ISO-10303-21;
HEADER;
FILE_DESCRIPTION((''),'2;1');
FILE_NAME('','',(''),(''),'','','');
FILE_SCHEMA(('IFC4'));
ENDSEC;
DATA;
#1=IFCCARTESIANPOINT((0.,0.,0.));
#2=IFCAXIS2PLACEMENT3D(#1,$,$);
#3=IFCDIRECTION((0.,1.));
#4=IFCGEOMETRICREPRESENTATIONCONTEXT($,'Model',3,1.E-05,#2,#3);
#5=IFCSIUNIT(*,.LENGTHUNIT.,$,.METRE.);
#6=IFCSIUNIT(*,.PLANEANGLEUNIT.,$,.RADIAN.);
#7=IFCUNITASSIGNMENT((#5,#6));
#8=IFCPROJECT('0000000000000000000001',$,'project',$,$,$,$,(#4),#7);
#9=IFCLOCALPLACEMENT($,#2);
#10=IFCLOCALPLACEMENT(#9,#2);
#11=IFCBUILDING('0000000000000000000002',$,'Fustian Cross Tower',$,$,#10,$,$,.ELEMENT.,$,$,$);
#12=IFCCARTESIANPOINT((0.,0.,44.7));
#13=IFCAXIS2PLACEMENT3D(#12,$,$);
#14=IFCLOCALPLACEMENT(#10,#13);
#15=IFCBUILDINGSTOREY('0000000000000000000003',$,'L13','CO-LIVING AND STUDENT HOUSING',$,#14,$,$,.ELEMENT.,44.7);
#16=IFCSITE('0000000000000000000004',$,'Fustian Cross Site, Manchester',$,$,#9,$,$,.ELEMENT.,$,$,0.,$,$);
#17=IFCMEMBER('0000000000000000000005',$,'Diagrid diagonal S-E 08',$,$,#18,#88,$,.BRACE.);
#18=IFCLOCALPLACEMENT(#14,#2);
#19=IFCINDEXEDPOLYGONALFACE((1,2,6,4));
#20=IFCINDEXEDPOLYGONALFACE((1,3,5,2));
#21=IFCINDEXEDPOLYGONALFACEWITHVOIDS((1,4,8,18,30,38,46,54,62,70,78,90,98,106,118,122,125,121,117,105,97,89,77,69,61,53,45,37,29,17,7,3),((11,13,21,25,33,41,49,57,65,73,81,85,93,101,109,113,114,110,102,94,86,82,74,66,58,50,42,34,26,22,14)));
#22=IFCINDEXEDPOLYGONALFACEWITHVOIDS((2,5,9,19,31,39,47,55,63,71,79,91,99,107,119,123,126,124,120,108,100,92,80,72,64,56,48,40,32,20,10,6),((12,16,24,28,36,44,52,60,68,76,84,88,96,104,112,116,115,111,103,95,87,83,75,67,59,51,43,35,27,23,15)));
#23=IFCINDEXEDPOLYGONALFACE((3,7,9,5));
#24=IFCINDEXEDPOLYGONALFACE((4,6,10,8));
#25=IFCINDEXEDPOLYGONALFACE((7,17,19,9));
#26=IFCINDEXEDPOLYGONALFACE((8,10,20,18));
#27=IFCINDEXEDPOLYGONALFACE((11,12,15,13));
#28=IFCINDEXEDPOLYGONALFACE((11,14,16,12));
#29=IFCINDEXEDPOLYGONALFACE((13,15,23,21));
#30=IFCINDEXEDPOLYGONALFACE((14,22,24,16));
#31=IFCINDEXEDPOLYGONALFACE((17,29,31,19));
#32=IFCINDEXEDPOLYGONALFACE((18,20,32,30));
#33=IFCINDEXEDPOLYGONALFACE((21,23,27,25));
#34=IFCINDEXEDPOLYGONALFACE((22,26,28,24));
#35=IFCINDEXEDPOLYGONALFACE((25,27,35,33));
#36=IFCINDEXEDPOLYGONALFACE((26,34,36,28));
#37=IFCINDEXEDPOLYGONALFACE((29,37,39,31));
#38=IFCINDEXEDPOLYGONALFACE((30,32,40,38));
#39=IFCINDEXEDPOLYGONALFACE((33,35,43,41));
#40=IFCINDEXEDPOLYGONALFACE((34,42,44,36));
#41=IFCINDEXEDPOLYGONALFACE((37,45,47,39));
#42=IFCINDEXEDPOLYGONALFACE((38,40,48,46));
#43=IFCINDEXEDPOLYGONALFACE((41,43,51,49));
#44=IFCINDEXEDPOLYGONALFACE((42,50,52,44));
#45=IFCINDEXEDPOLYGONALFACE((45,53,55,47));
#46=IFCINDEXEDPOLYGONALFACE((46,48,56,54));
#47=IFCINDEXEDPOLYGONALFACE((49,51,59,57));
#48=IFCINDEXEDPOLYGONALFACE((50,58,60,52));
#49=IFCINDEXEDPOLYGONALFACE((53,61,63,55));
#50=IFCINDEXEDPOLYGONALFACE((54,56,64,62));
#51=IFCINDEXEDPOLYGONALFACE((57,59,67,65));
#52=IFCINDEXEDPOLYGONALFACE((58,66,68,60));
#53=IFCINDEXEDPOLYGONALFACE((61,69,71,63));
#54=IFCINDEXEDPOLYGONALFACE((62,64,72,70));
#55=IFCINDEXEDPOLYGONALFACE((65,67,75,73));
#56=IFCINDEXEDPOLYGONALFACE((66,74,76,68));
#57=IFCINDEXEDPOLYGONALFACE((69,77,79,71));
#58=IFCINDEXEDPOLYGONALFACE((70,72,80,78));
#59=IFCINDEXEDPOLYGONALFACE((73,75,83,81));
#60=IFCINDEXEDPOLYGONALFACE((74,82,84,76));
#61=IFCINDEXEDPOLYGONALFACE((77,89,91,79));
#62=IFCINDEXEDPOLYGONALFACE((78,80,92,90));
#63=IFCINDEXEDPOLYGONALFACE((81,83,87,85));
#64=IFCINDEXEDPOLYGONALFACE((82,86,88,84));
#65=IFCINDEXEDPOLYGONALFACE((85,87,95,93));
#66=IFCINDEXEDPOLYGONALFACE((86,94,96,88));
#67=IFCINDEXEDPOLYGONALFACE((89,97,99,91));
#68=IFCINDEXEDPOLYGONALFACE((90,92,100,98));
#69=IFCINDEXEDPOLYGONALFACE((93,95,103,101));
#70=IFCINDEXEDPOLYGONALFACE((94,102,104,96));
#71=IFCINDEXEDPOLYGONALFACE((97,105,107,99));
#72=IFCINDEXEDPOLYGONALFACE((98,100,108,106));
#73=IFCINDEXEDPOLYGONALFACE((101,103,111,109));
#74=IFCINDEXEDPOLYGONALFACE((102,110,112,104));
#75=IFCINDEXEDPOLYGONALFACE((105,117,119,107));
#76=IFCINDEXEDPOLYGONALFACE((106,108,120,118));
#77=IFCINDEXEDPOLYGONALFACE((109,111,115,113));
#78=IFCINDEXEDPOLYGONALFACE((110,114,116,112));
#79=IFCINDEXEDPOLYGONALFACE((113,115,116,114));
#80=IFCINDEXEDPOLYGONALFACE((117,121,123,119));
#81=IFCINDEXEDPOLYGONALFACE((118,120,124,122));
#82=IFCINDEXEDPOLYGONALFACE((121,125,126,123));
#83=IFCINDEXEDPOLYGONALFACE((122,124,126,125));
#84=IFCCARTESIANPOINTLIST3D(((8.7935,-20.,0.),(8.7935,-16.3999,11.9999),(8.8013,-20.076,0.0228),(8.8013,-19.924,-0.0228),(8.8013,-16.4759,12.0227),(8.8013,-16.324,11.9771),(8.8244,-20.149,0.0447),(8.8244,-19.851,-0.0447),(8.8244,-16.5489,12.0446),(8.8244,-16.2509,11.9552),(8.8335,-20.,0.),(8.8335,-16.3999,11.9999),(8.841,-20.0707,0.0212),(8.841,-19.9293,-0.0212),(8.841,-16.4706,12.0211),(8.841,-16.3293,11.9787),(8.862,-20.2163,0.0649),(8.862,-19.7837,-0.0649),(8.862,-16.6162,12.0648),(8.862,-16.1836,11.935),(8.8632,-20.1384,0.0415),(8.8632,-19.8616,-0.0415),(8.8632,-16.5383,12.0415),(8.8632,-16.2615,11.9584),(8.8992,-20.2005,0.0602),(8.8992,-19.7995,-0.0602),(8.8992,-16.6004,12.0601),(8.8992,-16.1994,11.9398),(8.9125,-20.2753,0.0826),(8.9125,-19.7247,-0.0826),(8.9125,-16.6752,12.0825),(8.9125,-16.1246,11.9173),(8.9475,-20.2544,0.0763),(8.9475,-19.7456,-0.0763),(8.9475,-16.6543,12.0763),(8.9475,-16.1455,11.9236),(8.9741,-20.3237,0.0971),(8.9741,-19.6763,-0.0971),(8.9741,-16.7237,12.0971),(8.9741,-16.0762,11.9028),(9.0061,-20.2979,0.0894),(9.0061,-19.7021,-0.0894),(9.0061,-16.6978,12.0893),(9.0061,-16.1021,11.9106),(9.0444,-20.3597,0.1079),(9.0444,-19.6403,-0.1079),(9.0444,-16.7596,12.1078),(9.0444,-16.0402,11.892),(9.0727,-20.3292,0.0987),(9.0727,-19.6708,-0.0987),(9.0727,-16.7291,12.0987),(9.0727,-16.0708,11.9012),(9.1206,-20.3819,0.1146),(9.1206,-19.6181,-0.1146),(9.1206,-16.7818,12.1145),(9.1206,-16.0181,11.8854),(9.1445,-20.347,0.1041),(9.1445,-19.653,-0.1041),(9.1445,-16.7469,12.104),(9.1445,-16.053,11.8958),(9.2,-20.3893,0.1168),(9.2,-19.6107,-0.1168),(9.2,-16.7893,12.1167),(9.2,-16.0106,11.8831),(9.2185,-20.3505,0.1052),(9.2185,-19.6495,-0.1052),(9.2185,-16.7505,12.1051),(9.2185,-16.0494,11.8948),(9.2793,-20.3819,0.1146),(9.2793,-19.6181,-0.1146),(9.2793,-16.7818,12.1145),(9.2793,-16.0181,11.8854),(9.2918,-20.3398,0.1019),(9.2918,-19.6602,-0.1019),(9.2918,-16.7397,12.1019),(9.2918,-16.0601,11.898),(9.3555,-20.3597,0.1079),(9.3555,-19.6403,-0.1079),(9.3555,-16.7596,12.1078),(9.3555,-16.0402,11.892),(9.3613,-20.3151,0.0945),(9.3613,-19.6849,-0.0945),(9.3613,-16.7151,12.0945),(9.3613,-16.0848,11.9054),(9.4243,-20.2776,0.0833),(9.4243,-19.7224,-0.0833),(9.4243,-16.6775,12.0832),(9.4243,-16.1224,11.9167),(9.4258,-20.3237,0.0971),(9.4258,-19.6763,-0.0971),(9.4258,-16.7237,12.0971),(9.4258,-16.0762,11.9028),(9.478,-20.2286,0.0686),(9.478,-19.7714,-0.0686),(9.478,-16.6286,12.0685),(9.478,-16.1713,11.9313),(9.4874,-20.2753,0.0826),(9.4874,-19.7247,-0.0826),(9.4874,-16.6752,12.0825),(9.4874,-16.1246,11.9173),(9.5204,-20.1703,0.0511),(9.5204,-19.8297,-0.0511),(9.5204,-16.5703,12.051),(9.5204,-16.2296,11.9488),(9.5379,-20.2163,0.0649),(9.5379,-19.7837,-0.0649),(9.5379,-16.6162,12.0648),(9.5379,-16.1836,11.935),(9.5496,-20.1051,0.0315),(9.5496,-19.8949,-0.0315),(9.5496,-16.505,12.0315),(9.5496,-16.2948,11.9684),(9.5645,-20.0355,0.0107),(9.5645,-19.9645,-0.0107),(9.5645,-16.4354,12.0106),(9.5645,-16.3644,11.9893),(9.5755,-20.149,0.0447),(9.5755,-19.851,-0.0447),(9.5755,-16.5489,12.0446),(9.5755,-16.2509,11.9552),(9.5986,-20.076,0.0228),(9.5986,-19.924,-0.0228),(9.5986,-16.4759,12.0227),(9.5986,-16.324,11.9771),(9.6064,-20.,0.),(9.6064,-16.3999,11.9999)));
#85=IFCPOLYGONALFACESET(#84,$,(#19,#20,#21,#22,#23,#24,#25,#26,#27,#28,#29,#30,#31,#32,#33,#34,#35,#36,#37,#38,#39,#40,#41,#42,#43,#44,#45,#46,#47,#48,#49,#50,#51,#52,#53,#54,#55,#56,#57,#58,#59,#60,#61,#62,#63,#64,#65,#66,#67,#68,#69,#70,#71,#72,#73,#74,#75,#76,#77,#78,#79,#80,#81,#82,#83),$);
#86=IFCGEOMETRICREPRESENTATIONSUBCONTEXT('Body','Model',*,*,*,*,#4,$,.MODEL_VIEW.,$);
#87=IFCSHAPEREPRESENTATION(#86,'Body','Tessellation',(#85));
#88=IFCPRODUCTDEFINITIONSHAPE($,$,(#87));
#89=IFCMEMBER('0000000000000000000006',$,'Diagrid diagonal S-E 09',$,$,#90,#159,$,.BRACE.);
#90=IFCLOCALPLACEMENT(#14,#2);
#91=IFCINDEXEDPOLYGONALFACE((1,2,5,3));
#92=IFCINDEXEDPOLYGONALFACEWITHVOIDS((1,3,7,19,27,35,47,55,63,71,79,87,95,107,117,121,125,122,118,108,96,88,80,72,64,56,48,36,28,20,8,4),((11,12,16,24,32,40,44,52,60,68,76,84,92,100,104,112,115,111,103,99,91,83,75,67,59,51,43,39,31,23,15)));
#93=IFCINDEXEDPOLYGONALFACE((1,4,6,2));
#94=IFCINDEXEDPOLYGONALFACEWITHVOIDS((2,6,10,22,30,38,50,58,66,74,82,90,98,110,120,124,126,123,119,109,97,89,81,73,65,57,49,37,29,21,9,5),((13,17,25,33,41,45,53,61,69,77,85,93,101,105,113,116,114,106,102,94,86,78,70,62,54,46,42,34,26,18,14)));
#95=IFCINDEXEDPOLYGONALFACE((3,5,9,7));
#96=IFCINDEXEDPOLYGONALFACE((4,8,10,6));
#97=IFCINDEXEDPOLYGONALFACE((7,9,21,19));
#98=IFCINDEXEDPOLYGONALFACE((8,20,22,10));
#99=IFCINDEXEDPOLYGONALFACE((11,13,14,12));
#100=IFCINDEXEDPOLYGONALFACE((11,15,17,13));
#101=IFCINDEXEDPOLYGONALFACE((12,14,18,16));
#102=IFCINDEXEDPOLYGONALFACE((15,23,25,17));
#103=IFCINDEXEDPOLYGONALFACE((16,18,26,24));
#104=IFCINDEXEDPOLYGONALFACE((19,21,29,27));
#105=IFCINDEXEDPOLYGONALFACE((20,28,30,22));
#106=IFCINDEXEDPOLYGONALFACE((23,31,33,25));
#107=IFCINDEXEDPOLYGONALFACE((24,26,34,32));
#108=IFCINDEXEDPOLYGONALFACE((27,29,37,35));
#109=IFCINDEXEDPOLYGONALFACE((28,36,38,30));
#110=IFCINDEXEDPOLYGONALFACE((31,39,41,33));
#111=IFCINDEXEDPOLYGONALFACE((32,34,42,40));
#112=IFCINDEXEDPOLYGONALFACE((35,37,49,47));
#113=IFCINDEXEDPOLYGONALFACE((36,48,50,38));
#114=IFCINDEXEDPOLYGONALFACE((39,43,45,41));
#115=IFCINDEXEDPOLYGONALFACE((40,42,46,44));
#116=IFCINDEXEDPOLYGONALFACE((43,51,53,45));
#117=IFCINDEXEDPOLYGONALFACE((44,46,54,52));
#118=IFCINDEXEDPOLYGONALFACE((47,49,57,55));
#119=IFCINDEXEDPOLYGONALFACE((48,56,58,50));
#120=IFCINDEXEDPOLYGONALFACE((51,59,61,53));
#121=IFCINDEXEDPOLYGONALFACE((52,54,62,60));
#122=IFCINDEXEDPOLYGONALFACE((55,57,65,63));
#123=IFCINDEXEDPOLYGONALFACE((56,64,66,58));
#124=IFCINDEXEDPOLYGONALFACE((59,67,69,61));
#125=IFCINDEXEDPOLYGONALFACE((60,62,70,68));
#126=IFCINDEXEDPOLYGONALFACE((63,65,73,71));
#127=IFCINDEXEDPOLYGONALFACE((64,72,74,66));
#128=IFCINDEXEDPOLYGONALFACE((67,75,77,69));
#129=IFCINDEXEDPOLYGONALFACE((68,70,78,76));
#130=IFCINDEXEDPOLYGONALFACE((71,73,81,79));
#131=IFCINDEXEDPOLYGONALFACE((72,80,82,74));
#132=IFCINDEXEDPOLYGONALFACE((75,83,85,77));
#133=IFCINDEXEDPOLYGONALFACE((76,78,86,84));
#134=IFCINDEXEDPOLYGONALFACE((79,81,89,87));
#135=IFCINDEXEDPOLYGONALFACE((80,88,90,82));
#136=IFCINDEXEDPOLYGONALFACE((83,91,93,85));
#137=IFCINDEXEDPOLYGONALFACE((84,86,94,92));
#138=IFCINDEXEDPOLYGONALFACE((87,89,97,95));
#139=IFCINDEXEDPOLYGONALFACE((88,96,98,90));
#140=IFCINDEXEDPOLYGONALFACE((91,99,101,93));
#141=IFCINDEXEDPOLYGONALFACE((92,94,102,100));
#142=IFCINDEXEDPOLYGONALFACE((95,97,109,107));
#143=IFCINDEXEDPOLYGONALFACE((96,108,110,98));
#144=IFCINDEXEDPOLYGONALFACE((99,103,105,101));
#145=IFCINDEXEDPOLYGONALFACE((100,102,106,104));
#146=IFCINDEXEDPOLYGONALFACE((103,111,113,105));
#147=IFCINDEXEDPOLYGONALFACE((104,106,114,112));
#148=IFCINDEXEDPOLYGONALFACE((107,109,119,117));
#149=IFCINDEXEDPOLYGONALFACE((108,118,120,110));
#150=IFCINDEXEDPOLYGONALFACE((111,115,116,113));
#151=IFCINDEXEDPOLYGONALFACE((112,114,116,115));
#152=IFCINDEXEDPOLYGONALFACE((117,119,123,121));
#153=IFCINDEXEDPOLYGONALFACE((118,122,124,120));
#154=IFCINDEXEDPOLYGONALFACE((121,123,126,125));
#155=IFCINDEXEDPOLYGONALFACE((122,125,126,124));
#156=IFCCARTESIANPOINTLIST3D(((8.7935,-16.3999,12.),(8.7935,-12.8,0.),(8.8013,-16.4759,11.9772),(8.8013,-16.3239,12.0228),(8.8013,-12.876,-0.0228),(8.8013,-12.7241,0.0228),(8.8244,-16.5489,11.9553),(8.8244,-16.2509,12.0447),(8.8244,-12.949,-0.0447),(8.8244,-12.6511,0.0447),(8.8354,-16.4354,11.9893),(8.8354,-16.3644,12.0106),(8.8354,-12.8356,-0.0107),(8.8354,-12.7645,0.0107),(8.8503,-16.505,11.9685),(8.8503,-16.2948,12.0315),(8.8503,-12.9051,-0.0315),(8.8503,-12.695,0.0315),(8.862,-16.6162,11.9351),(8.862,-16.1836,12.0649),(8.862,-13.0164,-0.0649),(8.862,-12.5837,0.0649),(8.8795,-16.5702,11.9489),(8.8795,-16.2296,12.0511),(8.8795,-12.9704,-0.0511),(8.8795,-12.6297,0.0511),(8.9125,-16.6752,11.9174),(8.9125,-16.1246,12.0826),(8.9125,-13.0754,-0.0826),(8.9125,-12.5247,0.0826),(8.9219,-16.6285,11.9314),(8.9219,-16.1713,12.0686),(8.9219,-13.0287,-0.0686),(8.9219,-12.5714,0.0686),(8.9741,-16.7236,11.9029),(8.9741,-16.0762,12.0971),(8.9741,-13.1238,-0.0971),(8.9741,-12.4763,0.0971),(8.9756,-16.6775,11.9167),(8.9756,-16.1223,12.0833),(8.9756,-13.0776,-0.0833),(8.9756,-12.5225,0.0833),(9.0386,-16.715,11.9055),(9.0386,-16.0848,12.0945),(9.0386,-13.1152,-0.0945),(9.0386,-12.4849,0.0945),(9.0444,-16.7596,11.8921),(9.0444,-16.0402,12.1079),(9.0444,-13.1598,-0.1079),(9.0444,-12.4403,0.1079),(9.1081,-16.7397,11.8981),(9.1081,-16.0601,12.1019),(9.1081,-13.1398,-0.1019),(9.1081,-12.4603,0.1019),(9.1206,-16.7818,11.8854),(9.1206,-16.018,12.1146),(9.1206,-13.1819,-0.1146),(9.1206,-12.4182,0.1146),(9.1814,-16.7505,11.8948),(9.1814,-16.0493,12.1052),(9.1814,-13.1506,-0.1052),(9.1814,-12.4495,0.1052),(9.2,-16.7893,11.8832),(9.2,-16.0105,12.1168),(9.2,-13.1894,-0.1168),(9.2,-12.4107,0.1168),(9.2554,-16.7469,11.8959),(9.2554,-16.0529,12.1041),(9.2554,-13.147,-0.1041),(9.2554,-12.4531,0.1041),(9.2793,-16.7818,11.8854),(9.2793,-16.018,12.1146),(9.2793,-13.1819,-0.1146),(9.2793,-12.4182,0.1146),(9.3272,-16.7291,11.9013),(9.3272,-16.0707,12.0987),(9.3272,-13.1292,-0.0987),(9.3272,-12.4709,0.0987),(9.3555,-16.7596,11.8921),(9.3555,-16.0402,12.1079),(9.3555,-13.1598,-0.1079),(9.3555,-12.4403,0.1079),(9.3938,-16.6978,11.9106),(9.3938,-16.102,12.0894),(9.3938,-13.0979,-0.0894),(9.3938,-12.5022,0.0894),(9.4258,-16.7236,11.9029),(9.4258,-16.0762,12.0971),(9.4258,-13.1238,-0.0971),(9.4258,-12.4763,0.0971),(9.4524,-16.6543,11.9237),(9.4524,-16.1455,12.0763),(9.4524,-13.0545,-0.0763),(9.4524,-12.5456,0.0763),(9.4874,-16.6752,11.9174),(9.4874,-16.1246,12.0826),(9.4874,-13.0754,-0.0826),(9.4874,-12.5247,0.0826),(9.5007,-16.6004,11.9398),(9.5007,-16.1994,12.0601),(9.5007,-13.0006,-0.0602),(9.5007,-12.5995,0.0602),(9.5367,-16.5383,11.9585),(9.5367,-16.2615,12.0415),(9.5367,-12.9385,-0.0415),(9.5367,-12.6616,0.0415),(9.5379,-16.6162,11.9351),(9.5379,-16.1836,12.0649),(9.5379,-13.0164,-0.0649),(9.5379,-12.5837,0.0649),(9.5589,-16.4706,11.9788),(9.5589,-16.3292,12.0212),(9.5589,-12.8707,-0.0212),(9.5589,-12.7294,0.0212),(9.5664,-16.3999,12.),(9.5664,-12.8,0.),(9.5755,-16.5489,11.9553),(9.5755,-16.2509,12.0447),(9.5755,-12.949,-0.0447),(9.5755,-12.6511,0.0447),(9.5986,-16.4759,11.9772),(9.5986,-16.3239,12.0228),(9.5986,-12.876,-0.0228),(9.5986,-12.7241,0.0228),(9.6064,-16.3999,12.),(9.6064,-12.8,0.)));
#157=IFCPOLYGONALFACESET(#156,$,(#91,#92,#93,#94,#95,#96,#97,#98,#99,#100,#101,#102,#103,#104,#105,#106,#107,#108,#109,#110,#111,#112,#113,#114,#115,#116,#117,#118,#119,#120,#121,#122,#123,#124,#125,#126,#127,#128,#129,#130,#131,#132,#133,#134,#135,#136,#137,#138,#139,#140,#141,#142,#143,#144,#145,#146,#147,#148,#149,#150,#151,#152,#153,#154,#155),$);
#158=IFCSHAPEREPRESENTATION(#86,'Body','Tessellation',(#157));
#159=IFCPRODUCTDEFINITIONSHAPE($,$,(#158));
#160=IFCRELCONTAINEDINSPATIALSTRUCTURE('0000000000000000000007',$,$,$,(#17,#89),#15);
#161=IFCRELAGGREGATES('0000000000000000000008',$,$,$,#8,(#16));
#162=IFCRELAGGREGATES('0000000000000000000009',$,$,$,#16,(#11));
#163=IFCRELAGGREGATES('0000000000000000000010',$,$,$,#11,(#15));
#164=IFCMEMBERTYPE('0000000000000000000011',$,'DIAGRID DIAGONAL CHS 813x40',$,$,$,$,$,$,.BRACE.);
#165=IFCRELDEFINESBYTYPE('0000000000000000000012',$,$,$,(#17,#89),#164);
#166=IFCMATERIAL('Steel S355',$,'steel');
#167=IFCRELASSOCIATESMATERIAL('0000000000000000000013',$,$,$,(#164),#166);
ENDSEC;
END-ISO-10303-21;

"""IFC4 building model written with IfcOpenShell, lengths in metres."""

from ifc_helpers import new_model, si_unit, direction, frame, origin, origin_2d, place, context, subcontext, project, spatial, hollow_circle, extrude, material, material_profile, profile_set, type_object, element, save


model = new_model("IFC4")

# Units and contexts
model_context = context("Model", 3, precision=1e-05, world=origin(), true_north=direction((0.0, 1.0)))
body_context = subcontext(model_context, "Body", "Model", "MODEL_VIEW")
ifc_project = project(units=[si_unit("LENGTHUNIT", "METRE"), si_unit("PLANEANGLEUNIT", "RADIAN")], contexts=[model_context])

# Site, building, storey
site_placement = place(None, origin())
site = spatial("IfcSite", under=ifc_project, at=site_placement, Name="Fustian Cross Site, Manchester", CompositionType="ELEMENT", RefElevation=0.0)
building_placement = place(site_placement, origin())
building = spatial("IfcBuilding", under=site, at=building_placement, Name="Fustian Cross Tower", CompositionType="ELEMENT")
storey_placement = place(building_placement, frame((0.0, 0.0, 44.7)))
storey = spatial("IfcBuildingStorey", under=building, at=storey_placement, Name="L13", Description="CO-LIVING AND STUDENT HOUSING", CompositionType="ELEMENT", Elevation=44.7)

# Members
ifc_material_1 = material(Name="Steel S355", Category="steel")
ifc_material_profile_1 = material_profile(ifc_material_1, hollow_circle(Radius=0.4065, WallThickness=0.04, at=origin_2d()), Name="CHS 813x40")
ifc_profile_set_1 = profile_set([ifc_material_profile_1], Name="Steel S355")
member_type_1 = type_object("IfcMemberType", Name="DIAGRID DIAGONAL CHS 813x40", PredefinedType="BRACE", material=ifc_profile_set_1)
for number, where, z_axis, x_axis, name in (
    (1, (9.2, -20.0, 0.0), (0.0, 0.287355, 0.957824), (-1.0, 0.0, 0.0), "Diagrid diagonal S-E 08"),
    (2, (9.2, -12.8, 0.0), (0.0, -0.287337, 0.95783), (1.0, 0.0, 0.0), "Diagrid diagonal S-E 09"),
):
    element("IfcMember", number, at=place(storey_placement, frame(where, z_axis=z_axis, x_axis=x_axis)), inside=storey, type_object=member_type_1, Name=name, PredefinedType="BRACE", context=body_context, shape_type="SweptSolid", body=[
        extrude(hollow_circle(Radius=0.4065, WallThickness=0.04, at=origin_2d()), origin(), (0.0, 0.0, 1.0), 12.5283),
    ])

save(model, "model.ifc")
